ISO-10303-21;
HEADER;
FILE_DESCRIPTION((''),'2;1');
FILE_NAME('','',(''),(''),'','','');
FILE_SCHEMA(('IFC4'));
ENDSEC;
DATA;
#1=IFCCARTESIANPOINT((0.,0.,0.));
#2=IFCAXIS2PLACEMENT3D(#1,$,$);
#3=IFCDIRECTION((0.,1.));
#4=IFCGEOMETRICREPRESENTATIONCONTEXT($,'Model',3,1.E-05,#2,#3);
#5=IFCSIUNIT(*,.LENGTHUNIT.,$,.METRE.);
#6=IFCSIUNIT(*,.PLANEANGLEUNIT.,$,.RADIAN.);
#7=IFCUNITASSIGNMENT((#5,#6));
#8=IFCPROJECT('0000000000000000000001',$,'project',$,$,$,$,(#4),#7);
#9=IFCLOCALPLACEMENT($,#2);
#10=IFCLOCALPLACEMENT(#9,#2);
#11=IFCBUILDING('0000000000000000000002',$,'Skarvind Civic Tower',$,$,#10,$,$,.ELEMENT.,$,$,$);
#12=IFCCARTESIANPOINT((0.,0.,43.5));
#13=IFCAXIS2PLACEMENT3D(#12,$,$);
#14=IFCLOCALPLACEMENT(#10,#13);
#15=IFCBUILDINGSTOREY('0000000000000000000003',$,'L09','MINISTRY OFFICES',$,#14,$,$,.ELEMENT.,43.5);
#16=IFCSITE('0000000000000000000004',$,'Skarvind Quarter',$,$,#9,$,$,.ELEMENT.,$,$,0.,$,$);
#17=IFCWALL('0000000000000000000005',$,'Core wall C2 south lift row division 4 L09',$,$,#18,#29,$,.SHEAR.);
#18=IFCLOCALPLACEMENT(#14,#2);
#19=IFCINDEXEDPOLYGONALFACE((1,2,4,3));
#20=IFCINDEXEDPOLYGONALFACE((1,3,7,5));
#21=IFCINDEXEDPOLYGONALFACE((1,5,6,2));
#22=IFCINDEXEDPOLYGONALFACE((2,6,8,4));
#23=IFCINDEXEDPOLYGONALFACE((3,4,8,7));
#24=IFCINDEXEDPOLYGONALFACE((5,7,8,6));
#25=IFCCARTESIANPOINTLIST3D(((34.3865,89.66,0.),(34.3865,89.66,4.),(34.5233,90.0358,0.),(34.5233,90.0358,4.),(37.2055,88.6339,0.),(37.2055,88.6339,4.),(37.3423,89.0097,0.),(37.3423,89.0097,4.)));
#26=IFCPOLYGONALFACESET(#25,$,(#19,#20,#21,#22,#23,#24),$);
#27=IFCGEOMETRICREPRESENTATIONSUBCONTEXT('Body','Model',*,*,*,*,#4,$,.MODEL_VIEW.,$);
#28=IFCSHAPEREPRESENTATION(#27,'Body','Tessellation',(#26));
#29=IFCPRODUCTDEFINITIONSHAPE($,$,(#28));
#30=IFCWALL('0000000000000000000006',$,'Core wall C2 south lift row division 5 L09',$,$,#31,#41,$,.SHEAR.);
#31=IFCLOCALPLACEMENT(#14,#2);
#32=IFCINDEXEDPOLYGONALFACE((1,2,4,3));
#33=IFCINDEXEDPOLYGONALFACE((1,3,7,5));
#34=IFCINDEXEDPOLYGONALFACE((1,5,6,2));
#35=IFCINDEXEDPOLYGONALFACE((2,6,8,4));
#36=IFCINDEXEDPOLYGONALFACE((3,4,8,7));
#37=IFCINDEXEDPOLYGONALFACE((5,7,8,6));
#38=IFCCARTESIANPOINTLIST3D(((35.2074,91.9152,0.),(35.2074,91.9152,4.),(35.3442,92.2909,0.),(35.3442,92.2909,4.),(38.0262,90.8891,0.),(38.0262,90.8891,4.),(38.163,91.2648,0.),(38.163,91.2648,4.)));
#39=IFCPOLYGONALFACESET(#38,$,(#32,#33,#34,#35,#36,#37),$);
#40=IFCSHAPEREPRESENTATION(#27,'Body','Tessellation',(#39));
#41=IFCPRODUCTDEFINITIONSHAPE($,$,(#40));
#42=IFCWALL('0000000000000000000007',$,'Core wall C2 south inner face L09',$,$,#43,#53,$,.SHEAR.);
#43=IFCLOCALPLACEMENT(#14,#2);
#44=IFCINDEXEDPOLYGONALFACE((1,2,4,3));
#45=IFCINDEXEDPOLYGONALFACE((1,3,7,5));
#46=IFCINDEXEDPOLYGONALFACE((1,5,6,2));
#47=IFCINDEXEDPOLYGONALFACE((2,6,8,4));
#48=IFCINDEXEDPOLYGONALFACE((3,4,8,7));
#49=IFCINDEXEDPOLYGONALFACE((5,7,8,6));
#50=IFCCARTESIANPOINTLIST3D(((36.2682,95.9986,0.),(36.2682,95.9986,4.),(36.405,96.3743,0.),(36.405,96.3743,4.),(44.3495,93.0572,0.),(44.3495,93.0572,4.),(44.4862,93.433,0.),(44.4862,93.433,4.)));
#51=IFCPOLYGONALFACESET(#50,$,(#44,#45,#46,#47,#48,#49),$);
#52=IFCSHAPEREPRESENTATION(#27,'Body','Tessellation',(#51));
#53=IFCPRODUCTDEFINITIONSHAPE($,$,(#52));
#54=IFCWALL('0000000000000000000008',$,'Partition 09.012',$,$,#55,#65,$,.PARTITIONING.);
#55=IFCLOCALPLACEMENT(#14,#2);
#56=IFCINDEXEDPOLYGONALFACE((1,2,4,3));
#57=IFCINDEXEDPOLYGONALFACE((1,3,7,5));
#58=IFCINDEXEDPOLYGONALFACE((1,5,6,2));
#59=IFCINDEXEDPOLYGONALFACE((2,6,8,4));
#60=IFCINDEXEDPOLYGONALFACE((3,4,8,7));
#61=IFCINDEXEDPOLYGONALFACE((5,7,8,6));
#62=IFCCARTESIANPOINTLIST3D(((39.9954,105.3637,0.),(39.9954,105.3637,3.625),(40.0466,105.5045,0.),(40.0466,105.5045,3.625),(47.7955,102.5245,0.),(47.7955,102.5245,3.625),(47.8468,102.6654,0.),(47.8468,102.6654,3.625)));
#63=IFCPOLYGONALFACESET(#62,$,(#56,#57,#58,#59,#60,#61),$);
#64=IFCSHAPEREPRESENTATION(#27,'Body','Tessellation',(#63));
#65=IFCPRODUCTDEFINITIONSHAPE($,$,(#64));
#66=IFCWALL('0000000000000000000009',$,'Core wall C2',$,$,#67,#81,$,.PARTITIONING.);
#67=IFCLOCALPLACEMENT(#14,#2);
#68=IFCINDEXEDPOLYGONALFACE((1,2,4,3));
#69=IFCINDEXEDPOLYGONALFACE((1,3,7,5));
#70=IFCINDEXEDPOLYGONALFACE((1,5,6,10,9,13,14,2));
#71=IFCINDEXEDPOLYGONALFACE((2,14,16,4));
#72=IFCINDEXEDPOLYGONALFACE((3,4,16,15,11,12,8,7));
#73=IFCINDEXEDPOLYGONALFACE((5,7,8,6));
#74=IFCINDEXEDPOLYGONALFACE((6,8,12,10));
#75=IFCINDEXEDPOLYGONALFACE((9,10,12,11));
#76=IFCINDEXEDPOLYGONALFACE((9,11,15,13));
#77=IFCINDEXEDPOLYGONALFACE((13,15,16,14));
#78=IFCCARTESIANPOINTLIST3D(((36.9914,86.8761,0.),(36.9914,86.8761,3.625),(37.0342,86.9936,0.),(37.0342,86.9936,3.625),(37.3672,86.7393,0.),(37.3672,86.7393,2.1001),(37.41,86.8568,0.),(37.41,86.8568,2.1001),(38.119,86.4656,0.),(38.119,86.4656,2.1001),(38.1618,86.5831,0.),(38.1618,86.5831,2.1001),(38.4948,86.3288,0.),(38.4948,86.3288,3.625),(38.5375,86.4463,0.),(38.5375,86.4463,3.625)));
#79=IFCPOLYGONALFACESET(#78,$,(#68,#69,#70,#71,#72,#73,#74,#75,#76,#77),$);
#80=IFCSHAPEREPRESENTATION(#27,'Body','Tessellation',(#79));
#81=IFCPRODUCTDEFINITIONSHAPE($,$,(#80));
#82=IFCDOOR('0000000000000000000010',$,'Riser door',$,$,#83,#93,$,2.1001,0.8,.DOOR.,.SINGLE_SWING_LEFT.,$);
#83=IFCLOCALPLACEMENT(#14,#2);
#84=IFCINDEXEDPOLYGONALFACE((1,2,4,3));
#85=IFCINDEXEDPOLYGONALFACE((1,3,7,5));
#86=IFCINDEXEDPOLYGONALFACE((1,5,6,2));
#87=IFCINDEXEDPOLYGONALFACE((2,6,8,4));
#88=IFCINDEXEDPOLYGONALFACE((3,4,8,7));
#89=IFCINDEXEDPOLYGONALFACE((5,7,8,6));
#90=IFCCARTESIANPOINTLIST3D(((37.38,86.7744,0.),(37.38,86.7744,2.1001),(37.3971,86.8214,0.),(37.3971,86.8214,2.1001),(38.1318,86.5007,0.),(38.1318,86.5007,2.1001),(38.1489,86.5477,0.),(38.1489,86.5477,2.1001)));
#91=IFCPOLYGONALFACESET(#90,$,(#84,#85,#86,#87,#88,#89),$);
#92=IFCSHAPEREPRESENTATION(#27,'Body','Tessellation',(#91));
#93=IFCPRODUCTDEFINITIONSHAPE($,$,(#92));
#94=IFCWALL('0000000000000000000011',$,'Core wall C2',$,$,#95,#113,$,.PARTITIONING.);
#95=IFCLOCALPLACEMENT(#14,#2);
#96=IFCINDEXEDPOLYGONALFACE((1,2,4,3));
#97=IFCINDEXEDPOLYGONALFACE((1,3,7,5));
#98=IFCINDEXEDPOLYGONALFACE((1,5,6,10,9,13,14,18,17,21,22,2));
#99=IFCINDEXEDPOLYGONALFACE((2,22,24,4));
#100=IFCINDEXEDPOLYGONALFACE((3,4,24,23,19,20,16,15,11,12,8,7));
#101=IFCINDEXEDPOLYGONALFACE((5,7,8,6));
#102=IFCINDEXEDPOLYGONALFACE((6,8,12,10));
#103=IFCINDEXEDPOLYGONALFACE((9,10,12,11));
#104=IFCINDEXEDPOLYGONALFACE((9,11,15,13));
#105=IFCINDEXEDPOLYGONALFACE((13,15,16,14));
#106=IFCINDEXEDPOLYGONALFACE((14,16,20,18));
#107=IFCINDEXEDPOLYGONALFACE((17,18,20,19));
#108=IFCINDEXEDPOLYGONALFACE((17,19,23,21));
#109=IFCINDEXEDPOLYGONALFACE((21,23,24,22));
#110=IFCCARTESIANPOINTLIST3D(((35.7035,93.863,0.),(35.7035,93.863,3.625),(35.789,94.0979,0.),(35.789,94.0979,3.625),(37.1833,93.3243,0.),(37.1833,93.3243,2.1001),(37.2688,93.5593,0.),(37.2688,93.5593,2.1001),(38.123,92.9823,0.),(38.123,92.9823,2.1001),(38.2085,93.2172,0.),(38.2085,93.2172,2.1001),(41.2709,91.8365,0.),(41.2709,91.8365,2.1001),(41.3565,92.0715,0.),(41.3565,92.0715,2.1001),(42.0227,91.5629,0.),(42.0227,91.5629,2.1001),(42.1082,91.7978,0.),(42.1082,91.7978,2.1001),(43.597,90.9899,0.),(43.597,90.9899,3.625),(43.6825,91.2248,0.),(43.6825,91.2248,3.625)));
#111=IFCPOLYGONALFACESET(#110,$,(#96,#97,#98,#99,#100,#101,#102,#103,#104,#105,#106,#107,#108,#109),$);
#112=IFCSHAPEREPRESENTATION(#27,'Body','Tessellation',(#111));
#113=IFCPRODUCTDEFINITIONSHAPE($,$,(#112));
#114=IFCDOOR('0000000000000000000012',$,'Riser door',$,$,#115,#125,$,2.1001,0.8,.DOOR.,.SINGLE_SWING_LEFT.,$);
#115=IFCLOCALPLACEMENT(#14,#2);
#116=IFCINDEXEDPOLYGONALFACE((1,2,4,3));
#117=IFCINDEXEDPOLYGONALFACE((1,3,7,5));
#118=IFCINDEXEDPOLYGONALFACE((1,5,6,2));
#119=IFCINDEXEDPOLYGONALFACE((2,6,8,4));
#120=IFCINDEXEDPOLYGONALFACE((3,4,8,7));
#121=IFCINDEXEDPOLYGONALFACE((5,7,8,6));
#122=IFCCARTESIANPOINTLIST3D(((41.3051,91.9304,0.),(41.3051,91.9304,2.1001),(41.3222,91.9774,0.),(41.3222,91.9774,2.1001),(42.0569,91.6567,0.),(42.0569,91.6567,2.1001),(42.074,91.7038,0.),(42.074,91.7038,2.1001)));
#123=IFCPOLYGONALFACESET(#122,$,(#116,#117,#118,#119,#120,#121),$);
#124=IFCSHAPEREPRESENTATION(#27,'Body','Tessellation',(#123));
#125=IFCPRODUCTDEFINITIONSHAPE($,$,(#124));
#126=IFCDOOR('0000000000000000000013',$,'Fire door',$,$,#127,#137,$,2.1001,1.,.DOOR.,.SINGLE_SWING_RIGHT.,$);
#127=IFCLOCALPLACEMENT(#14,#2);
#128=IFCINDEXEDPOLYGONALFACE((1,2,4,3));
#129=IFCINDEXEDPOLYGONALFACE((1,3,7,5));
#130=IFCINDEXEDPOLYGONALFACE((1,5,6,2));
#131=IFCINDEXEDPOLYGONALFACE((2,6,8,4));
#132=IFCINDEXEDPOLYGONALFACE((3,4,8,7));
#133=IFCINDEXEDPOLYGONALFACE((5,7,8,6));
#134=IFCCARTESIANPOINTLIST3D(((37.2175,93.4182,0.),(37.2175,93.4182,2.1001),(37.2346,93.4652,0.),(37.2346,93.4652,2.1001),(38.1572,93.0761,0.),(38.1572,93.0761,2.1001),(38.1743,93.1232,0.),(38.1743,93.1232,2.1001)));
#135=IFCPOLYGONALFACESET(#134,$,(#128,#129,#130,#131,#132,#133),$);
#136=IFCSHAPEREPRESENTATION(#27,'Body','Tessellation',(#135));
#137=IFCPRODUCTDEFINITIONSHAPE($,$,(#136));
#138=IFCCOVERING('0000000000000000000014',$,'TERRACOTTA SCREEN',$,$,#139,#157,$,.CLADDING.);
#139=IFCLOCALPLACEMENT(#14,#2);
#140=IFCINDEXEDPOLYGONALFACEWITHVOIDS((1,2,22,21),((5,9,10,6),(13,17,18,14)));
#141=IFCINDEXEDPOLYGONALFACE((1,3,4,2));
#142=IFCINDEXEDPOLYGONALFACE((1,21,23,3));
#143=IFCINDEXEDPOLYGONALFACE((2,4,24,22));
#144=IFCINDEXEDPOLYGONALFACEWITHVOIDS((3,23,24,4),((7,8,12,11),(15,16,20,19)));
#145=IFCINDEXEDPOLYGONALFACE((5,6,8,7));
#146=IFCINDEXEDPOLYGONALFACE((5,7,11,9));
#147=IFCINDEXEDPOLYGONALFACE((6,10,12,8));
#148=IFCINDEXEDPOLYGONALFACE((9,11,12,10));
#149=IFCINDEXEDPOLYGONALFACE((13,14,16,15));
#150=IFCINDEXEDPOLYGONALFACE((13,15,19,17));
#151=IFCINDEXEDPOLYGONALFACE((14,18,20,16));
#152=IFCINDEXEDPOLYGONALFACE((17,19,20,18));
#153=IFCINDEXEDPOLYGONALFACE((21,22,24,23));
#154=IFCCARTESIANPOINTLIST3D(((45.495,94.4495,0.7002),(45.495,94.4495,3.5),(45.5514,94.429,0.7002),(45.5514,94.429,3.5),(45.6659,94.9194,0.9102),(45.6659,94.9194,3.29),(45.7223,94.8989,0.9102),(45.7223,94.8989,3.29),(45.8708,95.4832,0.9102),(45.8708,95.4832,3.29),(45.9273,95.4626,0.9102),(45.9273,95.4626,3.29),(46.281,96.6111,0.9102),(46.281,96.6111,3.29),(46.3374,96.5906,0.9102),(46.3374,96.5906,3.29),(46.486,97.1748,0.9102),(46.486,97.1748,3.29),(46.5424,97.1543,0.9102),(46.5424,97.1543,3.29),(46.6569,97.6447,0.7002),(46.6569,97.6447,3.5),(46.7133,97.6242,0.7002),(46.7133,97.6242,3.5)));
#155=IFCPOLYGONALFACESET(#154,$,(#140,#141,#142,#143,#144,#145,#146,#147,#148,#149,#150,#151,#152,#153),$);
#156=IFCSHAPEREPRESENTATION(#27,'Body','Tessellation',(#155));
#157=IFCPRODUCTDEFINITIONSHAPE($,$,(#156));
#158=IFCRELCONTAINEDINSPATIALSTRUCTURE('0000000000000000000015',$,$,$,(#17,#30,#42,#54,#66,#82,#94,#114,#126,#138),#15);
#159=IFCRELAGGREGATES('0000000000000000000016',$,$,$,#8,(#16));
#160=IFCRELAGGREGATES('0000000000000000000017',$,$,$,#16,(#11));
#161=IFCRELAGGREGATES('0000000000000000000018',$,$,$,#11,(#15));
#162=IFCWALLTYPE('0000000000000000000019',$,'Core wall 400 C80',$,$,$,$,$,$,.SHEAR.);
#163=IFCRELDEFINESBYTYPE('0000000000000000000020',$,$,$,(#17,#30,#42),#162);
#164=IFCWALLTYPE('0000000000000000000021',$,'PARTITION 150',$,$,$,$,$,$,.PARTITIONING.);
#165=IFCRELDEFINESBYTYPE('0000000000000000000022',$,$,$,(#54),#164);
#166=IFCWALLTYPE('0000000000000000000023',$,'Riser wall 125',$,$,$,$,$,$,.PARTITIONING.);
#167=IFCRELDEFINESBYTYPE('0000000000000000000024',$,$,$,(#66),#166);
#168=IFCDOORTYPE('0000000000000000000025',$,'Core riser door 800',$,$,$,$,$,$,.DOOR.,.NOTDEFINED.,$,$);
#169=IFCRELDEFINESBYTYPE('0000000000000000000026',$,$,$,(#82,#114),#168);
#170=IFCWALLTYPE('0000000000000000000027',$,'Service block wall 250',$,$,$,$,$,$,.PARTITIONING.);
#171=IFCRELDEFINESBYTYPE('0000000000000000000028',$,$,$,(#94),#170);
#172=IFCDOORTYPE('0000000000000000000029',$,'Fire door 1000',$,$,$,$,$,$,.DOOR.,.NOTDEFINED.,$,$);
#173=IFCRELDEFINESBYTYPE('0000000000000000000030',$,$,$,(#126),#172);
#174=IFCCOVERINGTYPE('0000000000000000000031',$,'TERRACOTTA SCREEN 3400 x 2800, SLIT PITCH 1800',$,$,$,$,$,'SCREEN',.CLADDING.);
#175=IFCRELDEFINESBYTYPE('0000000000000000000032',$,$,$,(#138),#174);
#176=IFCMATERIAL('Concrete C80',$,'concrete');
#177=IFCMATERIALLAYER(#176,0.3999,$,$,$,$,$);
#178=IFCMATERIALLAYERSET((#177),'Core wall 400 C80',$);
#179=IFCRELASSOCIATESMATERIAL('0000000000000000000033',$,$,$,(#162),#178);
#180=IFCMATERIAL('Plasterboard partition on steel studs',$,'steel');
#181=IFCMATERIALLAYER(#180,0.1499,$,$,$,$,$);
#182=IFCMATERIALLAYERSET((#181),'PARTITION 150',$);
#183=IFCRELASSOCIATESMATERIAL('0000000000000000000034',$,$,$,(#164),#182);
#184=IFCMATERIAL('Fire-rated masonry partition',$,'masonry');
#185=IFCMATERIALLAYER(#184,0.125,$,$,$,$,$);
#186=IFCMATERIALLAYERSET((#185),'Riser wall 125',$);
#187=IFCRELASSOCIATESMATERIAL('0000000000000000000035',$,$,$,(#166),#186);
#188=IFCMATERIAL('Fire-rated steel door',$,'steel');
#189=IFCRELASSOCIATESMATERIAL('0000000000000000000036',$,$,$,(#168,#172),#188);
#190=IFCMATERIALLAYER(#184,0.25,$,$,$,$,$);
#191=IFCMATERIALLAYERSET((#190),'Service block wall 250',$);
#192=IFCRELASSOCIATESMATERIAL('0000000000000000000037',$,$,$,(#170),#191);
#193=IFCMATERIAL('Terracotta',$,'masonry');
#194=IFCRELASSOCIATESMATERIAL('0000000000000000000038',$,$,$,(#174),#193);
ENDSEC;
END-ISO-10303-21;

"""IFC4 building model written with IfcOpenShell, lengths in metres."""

from ifc_helpers import new_model, si_unit, direction, frame, frame_2d, origin, place, context, subcontext, project, spatial, polyline, rectangle, outline, extrude, material, layer, layer_set, material_profile, profile_set, type_object, element, fill, save


model = new_model("IFC4")

# Units and contexts
model_context = context("Model", 3, precision=1e-05, world=origin(), true_north=direction((0.0, 1.0)))
body_context = subcontext(model_context, "Body", "Model", "MODEL_VIEW")
ifc_project = project(units=[si_unit("LENGTHUNIT", "METRE"), si_unit("PLANEANGLEUNIT", "RADIAN")], contexts=[model_context])

# Site, building, storey
site_placement = place(None, origin())
site = spatial("IfcSite", under=ifc_project, at=site_placement, Name="Skarvind Quarter", CompositionType="ELEMENT", RefElevation=0.0)
building_placement = place(site_placement, origin())
building = spatial("IfcBuilding", under=site, at=building_placement, Name="Skarvind Civic Tower", CompositionType="ELEMENT")
storey_placement = place(building_placement, frame((0.0, 0.0, 43.5)))
storey = spatial("IfcBuildingStorey", under=building, at=storey_placement, Name="L09", Description="MINISTRY OFFICES", CompositionType="ELEMENT", Elevation=43.5)

# Shared definitions
ifc_material_1 = material(Name="Concrete C80", Category="concrete")

# Shared definitions
ifc_material_2 = material(Name="Fire-rated masonry partition", Category="masonry")
ifc_material_3 = material(Name="Fire-rated steel door", Category="steel")

# Walls
ifc_layer_1 = layer(ifc_material_1, 0.3999)
ifc_layer_set_1 = layer_set([ifc_layer_1], Name="Core wall 400 C80")
wall_type_1 = type_object("IfcWallType", Name="Core wall 400 C80", PredefinedType="SHEAR", material=ifc_layer_set_1)
for number, where, z_axis, x_axis, name in (
    (1, (37.2739, 88.8218, 0.0), (0.0, 0.0, 1.0), (-0.939686, 0.342037, 0.0), "Core wall C2 south lift row division 4 L09"),
):
    element("IfcWall", number, at=place(storey_placement, frame(where, z_axis=z_axis, x_axis=x_axis)), inside=storey, type_object=wall_type_1, Name=name, PredefinedType="SHEAR", context=body_context, shape_type="SweptSolid", body=[
        extrude(rectangle(XDim=3.0, YDim=0.3999, at=frame_2d((1.5, 0.0))), origin(), (0.0, 0.0, 1.0), 4.0),
    ])
wall_1_placement = place(storey_placement, frame((38.0947, 91.0769, 0.0), z_axis=(0.0, 0.0, 1.0), x_axis=(-0.939677, 0.342063, 0.0)))
element("IfcWall", 2, at=wall_1_placement, inside=storey, type_object=wall_type_1, Name="Core wall C2 south lift row division 5 L09", PredefinedType="SHEAR", context=body_context, shape_type="SweptSolid", body=[
    extrude(rectangle(XDim=2.9998, YDim=0.3999, at=frame_2d((1.5, 0.0))), origin(), (0.0, 0.0, 1.0), 4.0),
])
wall_2_placement = place(storey_placement, frame((44.4177, 93.2451, 0.0), z_axis=(0.0, 0.0, 1.0), x_axis=(-0.939691, 0.342026, 0.0)))
element("IfcWall", 3, at=wall_2_placement, inside=storey, type_object=wall_type_1, Name="Core wall C2 south inner face L09", PredefinedType="SHEAR", context=body_context, shape_type="SweptSolid", body=[
    extrude(rectangle(XDim=8.5999, YDim=0.3999, at=frame_2d((4.2998, 0.0))), origin(), (0.0, 0.0, 1.0), 4.0),
])
ifc_material_4 = material(Name="Plasterboard partition on steel studs", Category="steel")
ifc_layer_2 = layer(ifc_material_4, 0.1499)
ifc_layer_set_2 = layer_set([ifc_layer_2], Name="PARTITION 150")
wall_type_2 = type_object("IfcWallType", Name="PARTITION 150", PredefinedType="PARTITIONING", material=ifc_layer_set_2)
wall_3_placement = place(storey_placement, frame((40.021, 105.4341, 0.0), z_axis=(0.0, 0.0, 1.0), x_axis=(0.939688, -0.342034, 0.0)))
element("IfcWall", 4, at=wall_3_placement, inside=storey, type_object=wall_type_2, Name="Partition 09.012", PredefinedType="PARTITIONING", context=body_context, shape_type="SweptSolid", body=[
    extrude(rectangle(XDim=8.3008, YDim=0.1499, at=frame_2d((4.1504, 0.0))), origin(), (0.0, 0.0, 1.0), 3.625),
])

# Wall, opening, door
ifc_layer_3 = layer(ifc_material_2, 0.125)
ifc_layer_set_3 = layer_set([ifc_layer_3], Name="Riser wall 125")
wall_type_3 = type_object("IfcWallType", Name="Riser wall 125", PredefinedType="PARTITIONING", material=ifc_layer_set_3)
wall_4_placement = place(storey_placement, frame((37.0129, 86.9348, 0.0), z_axis=(0.0, 0.0, 1.0), x_axis=(0.93966, -0.342111, 0.0)))
wall_4 = element("IfcWall", 5, at=wall_4_placement, inside=storey, type_object=wall_type_3, Name="Core wall C2", PredefinedType="PARTITIONING", context=body_context, shape_type="SweptSolid", body=[
    extrude(rectangle(XDim=1.5999, YDim=0.125, at=frame_2d((0.7998, 0.0))), origin(), (0.0, 0.0, 1.0), 3.625),
])
opening_1_placement = place(wall_4_placement, frame((0.3999, 0.0, 0.0)))
opening_1 = element("IfcOpeningElement", 6, at=opening_1_placement, cuts=wall_4, PredefinedType="OPENING", context=body_context, shape_type="SweptSolid", body=[
    extrude(rectangle(XDim=0.8, YDim=2.1001, at=frame_2d((0.3999, 1.05))), frame((0.0, 0.0725, 0.0), z_axis=(0.0, -1.0, 0.0), x_axis=(1.0, 0.0, 0.0)), (0.0, 0.0, 1.0), 0.145),
])
door_type_1 = type_object("IfcDoorType", Name="Core riser door 800", OperationType="NOTDEFINED", PredefinedType="DOOR", material=ifc_material_3)
door_1_placement = place(opening_1_placement, origin())
door_1 = element("IfcDoor", 7, at=door_1_placement, inside=storey, type_object=door_type_1, Name="Riser door", OperationType="SINGLE_SWING_LEFT", OverallHeight=2.1001, OverallWidth=0.8, PredefinedType="DOOR", context=body_context, shape_type="SweptSolid", body=[
    extrude(rectangle(XDim=0.8, YDim=2.1001, at=frame_2d((0.3999, 1.05))), frame((0.0, 0.0249, 0.0), z_axis=(0.0, -1.0, 0.0), x_axis=(1.0, 0.0, 0.0)), (0.0, 0.0, 1.0), 0.05),
])
fill(opening_1, door_1)

# Wall, openings, doors
ifc_layer_4 = layer(ifc_material_2, 0.25)
ifc_layer_set_4 = layer_set([ifc_layer_4], Name="Service block wall 250")
wall_type_4 = type_object("IfcWallType", Name="Service block wall 250", PredefinedType="PARTITIONING", material=ifc_layer_set_4)
wall_5_placement = place(storey_placement, frame((35.7461, 93.9805, 0.0), z_axis=(0.0, 0.0, 1.0), x_axis=(0.939692, -0.342023, 0.0)))
wall_5 = element("IfcWall", 8, at=wall_5_placement, inside=storey, type_object=wall_type_4, Name="Core wall C2", PredefinedType="PARTITIONING", context=body_context, shape_type="SweptSolid", body=[
    extrude(rectangle(XDim=8.4001, YDim=0.25, at=frame_2d((4.2002, 0.0))), origin(), (0.0, 0.0, 1.0), 3.625),
])
opening_2_placement = place(wall_5_placement, frame((1.575, 0.0, 0.0)))
opening_2 = element("IfcOpeningElement", 9, at=opening_2_placement, cuts=wall_5, PredefinedType="OPENING", context=body_context, shape_type="SweptSolid", body=[
    extrude(rectangle(XDim=1.0, YDim=2.1001, at=frame_2d((0.5, 1.05))), frame((0.0, 0.135, 0.0), z_axis=(0.0, -1.0, 0.0), x_axis=(1.0, 0.0, 0.0)), (0.0, 0.0, 1.0), 0.27),
])
opening_3_placement = place(wall_5_placement, frame((5.925, 0.0, 0.0)))
opening_3 = element("IfcOpeningElement", 10, at=opening_3_placement, cuts=wall_5, PredefinedType="OPENING", context=body_context, shape_type="SweptSolid", body=[
    extrude(rectangle(XDim=0.8, YDim=2.1001, at=frame_2d((0.3999, 1.05))), frame((0.0, 0.135, 0.0), z_axis=(0.0, -1.0, 0.0), x_axis=(1.0, 0.0, 0.0)), (0.0, 0.0, 1.0), 0.27),
])
door_2_placement = place(opening_3_placement, origin())
door_2 = element("IfcDoor", 11, at=door_2_placement, inside=storey, type_object=door_type_1, Name="Riser door", OperationType="SINGLE_SWING_LEFT", OverallHeight=2.1001, OverallWidth=0.8, PredefinedType="DOOR", context=body_context, shape_type="SweptSolid", body=[
    extrude(rectangle(XDim=0.8, YDim=2.1001, at=frame_2d((0.3999, 1.05))), frame((0.0, 0.0249, 0.0), z_axis=(0.0, -1.0, 0.0), x_axis=(1.0, 0.0, 0.0)), (0.0, 0.0, 1.0), 0.05),
])
fill(opening_3, door_2)
door_type_2 = type_object("IfcDoorType", Name="Fire door 1000", OperationType="NOTDEFINED", PredefinedType="DOOR", material=ifc_material_3)
door_3_placement = place(opening_2_placement, origin())
door_3 = element("IfcDoor", 12, at=door_3_placement, inside=storey, type_object=door_type_2, Name="Fire door", OperationType="SINGLE_SWING_RIGHT", OverallHeight=2.1001, OverallWidth=1.0, PredefinedType="DOOR", context=body_context, shape_type="SweptSolid", body=[
    extrude(rectangle(XDim=1.0, YDim=2.1001, at=frame_2d((0.5, 1.05))), frame((0.0, 0.0249, 0.0), z_axis=(0.0, -1.0, 0.0), x_axis=(1.0, 0.0, 0.0)), (0.0, 0.0, 1.0), 0.05),
])
fill(opening_2, door_3)

# Covering
ifc_material_5 = material(Name="Terracotta", Category="masonry")
ifc_material_profile_1 = material_profile(ifc_material_5, outline(polyline([(-1.7, -1.3999), (1.7, -1.3999), (1.7, 1.3999), (-1.7, 1.3999), (-1.7, -1.3999)]), holes=[polyline([(-1.2, -1.1899), (-0.6001, -1.1899), (-0.6001, 1.1899), (-1.2, 1.1899), (-1.2, -1.1899)]), polyline([(0.6001, -1.1899), (1.2, -1.1899), (1.2, 1.1899), (0.6001, 1.1899), (0.6001, -1.1899)])]), Name="TERRACOTTA SCREEN 3400 x 2800, SLIT PITCH 1800")
ifc_profile_set_1 = profile_set([ifc_material_profile_1], Name="Terracotta")
covering_type = type_object("IfcCoveringType", Name="TERRACOTTA SCREEN 3400 x 2800, SLIT PITCH 1800", ElementType="SCREEN", PredefinedType="CLADDING", material=ifc_profile_set_1)
covering_placement = place(storey_placement, frame((46.0759, 96.0471, 2.1001), z_axis=(0.939793, -0.341743, 0.0), x_axis=(0.341743, 0.939793, 0.0)))
element("IfcCovering", 13, at=covering_placement, inside=storey, type_object=covering_type, Name="TERRACOTTA SCREEN", PredefinedType="CLADDING", context=body_context, shape_type="SweptSolid", body=[
    extrude(outline(polyline([(-1.7, -1.3999), (1.7, -1.3999), (1.7, 1.3999), (-1.7, 1.3999), (-1.7, -1.3999)]), holes=[polyline([(-1.2, -1.1899), (-0.6001, -1.1899), (-0.6001, 1.1899), (-1.2, 1.1899), (-1.2, -1.1899)]), polyline([(0.6001, -1.1899), (1.2, -1.1899), (1.2, 1.1899), (0.6001, 1.1899), (0.6001, -1.1899)])]), origin(), (0.0, 0.0, 1.0), 0.0601),
])

save(model, "model.ifc")
